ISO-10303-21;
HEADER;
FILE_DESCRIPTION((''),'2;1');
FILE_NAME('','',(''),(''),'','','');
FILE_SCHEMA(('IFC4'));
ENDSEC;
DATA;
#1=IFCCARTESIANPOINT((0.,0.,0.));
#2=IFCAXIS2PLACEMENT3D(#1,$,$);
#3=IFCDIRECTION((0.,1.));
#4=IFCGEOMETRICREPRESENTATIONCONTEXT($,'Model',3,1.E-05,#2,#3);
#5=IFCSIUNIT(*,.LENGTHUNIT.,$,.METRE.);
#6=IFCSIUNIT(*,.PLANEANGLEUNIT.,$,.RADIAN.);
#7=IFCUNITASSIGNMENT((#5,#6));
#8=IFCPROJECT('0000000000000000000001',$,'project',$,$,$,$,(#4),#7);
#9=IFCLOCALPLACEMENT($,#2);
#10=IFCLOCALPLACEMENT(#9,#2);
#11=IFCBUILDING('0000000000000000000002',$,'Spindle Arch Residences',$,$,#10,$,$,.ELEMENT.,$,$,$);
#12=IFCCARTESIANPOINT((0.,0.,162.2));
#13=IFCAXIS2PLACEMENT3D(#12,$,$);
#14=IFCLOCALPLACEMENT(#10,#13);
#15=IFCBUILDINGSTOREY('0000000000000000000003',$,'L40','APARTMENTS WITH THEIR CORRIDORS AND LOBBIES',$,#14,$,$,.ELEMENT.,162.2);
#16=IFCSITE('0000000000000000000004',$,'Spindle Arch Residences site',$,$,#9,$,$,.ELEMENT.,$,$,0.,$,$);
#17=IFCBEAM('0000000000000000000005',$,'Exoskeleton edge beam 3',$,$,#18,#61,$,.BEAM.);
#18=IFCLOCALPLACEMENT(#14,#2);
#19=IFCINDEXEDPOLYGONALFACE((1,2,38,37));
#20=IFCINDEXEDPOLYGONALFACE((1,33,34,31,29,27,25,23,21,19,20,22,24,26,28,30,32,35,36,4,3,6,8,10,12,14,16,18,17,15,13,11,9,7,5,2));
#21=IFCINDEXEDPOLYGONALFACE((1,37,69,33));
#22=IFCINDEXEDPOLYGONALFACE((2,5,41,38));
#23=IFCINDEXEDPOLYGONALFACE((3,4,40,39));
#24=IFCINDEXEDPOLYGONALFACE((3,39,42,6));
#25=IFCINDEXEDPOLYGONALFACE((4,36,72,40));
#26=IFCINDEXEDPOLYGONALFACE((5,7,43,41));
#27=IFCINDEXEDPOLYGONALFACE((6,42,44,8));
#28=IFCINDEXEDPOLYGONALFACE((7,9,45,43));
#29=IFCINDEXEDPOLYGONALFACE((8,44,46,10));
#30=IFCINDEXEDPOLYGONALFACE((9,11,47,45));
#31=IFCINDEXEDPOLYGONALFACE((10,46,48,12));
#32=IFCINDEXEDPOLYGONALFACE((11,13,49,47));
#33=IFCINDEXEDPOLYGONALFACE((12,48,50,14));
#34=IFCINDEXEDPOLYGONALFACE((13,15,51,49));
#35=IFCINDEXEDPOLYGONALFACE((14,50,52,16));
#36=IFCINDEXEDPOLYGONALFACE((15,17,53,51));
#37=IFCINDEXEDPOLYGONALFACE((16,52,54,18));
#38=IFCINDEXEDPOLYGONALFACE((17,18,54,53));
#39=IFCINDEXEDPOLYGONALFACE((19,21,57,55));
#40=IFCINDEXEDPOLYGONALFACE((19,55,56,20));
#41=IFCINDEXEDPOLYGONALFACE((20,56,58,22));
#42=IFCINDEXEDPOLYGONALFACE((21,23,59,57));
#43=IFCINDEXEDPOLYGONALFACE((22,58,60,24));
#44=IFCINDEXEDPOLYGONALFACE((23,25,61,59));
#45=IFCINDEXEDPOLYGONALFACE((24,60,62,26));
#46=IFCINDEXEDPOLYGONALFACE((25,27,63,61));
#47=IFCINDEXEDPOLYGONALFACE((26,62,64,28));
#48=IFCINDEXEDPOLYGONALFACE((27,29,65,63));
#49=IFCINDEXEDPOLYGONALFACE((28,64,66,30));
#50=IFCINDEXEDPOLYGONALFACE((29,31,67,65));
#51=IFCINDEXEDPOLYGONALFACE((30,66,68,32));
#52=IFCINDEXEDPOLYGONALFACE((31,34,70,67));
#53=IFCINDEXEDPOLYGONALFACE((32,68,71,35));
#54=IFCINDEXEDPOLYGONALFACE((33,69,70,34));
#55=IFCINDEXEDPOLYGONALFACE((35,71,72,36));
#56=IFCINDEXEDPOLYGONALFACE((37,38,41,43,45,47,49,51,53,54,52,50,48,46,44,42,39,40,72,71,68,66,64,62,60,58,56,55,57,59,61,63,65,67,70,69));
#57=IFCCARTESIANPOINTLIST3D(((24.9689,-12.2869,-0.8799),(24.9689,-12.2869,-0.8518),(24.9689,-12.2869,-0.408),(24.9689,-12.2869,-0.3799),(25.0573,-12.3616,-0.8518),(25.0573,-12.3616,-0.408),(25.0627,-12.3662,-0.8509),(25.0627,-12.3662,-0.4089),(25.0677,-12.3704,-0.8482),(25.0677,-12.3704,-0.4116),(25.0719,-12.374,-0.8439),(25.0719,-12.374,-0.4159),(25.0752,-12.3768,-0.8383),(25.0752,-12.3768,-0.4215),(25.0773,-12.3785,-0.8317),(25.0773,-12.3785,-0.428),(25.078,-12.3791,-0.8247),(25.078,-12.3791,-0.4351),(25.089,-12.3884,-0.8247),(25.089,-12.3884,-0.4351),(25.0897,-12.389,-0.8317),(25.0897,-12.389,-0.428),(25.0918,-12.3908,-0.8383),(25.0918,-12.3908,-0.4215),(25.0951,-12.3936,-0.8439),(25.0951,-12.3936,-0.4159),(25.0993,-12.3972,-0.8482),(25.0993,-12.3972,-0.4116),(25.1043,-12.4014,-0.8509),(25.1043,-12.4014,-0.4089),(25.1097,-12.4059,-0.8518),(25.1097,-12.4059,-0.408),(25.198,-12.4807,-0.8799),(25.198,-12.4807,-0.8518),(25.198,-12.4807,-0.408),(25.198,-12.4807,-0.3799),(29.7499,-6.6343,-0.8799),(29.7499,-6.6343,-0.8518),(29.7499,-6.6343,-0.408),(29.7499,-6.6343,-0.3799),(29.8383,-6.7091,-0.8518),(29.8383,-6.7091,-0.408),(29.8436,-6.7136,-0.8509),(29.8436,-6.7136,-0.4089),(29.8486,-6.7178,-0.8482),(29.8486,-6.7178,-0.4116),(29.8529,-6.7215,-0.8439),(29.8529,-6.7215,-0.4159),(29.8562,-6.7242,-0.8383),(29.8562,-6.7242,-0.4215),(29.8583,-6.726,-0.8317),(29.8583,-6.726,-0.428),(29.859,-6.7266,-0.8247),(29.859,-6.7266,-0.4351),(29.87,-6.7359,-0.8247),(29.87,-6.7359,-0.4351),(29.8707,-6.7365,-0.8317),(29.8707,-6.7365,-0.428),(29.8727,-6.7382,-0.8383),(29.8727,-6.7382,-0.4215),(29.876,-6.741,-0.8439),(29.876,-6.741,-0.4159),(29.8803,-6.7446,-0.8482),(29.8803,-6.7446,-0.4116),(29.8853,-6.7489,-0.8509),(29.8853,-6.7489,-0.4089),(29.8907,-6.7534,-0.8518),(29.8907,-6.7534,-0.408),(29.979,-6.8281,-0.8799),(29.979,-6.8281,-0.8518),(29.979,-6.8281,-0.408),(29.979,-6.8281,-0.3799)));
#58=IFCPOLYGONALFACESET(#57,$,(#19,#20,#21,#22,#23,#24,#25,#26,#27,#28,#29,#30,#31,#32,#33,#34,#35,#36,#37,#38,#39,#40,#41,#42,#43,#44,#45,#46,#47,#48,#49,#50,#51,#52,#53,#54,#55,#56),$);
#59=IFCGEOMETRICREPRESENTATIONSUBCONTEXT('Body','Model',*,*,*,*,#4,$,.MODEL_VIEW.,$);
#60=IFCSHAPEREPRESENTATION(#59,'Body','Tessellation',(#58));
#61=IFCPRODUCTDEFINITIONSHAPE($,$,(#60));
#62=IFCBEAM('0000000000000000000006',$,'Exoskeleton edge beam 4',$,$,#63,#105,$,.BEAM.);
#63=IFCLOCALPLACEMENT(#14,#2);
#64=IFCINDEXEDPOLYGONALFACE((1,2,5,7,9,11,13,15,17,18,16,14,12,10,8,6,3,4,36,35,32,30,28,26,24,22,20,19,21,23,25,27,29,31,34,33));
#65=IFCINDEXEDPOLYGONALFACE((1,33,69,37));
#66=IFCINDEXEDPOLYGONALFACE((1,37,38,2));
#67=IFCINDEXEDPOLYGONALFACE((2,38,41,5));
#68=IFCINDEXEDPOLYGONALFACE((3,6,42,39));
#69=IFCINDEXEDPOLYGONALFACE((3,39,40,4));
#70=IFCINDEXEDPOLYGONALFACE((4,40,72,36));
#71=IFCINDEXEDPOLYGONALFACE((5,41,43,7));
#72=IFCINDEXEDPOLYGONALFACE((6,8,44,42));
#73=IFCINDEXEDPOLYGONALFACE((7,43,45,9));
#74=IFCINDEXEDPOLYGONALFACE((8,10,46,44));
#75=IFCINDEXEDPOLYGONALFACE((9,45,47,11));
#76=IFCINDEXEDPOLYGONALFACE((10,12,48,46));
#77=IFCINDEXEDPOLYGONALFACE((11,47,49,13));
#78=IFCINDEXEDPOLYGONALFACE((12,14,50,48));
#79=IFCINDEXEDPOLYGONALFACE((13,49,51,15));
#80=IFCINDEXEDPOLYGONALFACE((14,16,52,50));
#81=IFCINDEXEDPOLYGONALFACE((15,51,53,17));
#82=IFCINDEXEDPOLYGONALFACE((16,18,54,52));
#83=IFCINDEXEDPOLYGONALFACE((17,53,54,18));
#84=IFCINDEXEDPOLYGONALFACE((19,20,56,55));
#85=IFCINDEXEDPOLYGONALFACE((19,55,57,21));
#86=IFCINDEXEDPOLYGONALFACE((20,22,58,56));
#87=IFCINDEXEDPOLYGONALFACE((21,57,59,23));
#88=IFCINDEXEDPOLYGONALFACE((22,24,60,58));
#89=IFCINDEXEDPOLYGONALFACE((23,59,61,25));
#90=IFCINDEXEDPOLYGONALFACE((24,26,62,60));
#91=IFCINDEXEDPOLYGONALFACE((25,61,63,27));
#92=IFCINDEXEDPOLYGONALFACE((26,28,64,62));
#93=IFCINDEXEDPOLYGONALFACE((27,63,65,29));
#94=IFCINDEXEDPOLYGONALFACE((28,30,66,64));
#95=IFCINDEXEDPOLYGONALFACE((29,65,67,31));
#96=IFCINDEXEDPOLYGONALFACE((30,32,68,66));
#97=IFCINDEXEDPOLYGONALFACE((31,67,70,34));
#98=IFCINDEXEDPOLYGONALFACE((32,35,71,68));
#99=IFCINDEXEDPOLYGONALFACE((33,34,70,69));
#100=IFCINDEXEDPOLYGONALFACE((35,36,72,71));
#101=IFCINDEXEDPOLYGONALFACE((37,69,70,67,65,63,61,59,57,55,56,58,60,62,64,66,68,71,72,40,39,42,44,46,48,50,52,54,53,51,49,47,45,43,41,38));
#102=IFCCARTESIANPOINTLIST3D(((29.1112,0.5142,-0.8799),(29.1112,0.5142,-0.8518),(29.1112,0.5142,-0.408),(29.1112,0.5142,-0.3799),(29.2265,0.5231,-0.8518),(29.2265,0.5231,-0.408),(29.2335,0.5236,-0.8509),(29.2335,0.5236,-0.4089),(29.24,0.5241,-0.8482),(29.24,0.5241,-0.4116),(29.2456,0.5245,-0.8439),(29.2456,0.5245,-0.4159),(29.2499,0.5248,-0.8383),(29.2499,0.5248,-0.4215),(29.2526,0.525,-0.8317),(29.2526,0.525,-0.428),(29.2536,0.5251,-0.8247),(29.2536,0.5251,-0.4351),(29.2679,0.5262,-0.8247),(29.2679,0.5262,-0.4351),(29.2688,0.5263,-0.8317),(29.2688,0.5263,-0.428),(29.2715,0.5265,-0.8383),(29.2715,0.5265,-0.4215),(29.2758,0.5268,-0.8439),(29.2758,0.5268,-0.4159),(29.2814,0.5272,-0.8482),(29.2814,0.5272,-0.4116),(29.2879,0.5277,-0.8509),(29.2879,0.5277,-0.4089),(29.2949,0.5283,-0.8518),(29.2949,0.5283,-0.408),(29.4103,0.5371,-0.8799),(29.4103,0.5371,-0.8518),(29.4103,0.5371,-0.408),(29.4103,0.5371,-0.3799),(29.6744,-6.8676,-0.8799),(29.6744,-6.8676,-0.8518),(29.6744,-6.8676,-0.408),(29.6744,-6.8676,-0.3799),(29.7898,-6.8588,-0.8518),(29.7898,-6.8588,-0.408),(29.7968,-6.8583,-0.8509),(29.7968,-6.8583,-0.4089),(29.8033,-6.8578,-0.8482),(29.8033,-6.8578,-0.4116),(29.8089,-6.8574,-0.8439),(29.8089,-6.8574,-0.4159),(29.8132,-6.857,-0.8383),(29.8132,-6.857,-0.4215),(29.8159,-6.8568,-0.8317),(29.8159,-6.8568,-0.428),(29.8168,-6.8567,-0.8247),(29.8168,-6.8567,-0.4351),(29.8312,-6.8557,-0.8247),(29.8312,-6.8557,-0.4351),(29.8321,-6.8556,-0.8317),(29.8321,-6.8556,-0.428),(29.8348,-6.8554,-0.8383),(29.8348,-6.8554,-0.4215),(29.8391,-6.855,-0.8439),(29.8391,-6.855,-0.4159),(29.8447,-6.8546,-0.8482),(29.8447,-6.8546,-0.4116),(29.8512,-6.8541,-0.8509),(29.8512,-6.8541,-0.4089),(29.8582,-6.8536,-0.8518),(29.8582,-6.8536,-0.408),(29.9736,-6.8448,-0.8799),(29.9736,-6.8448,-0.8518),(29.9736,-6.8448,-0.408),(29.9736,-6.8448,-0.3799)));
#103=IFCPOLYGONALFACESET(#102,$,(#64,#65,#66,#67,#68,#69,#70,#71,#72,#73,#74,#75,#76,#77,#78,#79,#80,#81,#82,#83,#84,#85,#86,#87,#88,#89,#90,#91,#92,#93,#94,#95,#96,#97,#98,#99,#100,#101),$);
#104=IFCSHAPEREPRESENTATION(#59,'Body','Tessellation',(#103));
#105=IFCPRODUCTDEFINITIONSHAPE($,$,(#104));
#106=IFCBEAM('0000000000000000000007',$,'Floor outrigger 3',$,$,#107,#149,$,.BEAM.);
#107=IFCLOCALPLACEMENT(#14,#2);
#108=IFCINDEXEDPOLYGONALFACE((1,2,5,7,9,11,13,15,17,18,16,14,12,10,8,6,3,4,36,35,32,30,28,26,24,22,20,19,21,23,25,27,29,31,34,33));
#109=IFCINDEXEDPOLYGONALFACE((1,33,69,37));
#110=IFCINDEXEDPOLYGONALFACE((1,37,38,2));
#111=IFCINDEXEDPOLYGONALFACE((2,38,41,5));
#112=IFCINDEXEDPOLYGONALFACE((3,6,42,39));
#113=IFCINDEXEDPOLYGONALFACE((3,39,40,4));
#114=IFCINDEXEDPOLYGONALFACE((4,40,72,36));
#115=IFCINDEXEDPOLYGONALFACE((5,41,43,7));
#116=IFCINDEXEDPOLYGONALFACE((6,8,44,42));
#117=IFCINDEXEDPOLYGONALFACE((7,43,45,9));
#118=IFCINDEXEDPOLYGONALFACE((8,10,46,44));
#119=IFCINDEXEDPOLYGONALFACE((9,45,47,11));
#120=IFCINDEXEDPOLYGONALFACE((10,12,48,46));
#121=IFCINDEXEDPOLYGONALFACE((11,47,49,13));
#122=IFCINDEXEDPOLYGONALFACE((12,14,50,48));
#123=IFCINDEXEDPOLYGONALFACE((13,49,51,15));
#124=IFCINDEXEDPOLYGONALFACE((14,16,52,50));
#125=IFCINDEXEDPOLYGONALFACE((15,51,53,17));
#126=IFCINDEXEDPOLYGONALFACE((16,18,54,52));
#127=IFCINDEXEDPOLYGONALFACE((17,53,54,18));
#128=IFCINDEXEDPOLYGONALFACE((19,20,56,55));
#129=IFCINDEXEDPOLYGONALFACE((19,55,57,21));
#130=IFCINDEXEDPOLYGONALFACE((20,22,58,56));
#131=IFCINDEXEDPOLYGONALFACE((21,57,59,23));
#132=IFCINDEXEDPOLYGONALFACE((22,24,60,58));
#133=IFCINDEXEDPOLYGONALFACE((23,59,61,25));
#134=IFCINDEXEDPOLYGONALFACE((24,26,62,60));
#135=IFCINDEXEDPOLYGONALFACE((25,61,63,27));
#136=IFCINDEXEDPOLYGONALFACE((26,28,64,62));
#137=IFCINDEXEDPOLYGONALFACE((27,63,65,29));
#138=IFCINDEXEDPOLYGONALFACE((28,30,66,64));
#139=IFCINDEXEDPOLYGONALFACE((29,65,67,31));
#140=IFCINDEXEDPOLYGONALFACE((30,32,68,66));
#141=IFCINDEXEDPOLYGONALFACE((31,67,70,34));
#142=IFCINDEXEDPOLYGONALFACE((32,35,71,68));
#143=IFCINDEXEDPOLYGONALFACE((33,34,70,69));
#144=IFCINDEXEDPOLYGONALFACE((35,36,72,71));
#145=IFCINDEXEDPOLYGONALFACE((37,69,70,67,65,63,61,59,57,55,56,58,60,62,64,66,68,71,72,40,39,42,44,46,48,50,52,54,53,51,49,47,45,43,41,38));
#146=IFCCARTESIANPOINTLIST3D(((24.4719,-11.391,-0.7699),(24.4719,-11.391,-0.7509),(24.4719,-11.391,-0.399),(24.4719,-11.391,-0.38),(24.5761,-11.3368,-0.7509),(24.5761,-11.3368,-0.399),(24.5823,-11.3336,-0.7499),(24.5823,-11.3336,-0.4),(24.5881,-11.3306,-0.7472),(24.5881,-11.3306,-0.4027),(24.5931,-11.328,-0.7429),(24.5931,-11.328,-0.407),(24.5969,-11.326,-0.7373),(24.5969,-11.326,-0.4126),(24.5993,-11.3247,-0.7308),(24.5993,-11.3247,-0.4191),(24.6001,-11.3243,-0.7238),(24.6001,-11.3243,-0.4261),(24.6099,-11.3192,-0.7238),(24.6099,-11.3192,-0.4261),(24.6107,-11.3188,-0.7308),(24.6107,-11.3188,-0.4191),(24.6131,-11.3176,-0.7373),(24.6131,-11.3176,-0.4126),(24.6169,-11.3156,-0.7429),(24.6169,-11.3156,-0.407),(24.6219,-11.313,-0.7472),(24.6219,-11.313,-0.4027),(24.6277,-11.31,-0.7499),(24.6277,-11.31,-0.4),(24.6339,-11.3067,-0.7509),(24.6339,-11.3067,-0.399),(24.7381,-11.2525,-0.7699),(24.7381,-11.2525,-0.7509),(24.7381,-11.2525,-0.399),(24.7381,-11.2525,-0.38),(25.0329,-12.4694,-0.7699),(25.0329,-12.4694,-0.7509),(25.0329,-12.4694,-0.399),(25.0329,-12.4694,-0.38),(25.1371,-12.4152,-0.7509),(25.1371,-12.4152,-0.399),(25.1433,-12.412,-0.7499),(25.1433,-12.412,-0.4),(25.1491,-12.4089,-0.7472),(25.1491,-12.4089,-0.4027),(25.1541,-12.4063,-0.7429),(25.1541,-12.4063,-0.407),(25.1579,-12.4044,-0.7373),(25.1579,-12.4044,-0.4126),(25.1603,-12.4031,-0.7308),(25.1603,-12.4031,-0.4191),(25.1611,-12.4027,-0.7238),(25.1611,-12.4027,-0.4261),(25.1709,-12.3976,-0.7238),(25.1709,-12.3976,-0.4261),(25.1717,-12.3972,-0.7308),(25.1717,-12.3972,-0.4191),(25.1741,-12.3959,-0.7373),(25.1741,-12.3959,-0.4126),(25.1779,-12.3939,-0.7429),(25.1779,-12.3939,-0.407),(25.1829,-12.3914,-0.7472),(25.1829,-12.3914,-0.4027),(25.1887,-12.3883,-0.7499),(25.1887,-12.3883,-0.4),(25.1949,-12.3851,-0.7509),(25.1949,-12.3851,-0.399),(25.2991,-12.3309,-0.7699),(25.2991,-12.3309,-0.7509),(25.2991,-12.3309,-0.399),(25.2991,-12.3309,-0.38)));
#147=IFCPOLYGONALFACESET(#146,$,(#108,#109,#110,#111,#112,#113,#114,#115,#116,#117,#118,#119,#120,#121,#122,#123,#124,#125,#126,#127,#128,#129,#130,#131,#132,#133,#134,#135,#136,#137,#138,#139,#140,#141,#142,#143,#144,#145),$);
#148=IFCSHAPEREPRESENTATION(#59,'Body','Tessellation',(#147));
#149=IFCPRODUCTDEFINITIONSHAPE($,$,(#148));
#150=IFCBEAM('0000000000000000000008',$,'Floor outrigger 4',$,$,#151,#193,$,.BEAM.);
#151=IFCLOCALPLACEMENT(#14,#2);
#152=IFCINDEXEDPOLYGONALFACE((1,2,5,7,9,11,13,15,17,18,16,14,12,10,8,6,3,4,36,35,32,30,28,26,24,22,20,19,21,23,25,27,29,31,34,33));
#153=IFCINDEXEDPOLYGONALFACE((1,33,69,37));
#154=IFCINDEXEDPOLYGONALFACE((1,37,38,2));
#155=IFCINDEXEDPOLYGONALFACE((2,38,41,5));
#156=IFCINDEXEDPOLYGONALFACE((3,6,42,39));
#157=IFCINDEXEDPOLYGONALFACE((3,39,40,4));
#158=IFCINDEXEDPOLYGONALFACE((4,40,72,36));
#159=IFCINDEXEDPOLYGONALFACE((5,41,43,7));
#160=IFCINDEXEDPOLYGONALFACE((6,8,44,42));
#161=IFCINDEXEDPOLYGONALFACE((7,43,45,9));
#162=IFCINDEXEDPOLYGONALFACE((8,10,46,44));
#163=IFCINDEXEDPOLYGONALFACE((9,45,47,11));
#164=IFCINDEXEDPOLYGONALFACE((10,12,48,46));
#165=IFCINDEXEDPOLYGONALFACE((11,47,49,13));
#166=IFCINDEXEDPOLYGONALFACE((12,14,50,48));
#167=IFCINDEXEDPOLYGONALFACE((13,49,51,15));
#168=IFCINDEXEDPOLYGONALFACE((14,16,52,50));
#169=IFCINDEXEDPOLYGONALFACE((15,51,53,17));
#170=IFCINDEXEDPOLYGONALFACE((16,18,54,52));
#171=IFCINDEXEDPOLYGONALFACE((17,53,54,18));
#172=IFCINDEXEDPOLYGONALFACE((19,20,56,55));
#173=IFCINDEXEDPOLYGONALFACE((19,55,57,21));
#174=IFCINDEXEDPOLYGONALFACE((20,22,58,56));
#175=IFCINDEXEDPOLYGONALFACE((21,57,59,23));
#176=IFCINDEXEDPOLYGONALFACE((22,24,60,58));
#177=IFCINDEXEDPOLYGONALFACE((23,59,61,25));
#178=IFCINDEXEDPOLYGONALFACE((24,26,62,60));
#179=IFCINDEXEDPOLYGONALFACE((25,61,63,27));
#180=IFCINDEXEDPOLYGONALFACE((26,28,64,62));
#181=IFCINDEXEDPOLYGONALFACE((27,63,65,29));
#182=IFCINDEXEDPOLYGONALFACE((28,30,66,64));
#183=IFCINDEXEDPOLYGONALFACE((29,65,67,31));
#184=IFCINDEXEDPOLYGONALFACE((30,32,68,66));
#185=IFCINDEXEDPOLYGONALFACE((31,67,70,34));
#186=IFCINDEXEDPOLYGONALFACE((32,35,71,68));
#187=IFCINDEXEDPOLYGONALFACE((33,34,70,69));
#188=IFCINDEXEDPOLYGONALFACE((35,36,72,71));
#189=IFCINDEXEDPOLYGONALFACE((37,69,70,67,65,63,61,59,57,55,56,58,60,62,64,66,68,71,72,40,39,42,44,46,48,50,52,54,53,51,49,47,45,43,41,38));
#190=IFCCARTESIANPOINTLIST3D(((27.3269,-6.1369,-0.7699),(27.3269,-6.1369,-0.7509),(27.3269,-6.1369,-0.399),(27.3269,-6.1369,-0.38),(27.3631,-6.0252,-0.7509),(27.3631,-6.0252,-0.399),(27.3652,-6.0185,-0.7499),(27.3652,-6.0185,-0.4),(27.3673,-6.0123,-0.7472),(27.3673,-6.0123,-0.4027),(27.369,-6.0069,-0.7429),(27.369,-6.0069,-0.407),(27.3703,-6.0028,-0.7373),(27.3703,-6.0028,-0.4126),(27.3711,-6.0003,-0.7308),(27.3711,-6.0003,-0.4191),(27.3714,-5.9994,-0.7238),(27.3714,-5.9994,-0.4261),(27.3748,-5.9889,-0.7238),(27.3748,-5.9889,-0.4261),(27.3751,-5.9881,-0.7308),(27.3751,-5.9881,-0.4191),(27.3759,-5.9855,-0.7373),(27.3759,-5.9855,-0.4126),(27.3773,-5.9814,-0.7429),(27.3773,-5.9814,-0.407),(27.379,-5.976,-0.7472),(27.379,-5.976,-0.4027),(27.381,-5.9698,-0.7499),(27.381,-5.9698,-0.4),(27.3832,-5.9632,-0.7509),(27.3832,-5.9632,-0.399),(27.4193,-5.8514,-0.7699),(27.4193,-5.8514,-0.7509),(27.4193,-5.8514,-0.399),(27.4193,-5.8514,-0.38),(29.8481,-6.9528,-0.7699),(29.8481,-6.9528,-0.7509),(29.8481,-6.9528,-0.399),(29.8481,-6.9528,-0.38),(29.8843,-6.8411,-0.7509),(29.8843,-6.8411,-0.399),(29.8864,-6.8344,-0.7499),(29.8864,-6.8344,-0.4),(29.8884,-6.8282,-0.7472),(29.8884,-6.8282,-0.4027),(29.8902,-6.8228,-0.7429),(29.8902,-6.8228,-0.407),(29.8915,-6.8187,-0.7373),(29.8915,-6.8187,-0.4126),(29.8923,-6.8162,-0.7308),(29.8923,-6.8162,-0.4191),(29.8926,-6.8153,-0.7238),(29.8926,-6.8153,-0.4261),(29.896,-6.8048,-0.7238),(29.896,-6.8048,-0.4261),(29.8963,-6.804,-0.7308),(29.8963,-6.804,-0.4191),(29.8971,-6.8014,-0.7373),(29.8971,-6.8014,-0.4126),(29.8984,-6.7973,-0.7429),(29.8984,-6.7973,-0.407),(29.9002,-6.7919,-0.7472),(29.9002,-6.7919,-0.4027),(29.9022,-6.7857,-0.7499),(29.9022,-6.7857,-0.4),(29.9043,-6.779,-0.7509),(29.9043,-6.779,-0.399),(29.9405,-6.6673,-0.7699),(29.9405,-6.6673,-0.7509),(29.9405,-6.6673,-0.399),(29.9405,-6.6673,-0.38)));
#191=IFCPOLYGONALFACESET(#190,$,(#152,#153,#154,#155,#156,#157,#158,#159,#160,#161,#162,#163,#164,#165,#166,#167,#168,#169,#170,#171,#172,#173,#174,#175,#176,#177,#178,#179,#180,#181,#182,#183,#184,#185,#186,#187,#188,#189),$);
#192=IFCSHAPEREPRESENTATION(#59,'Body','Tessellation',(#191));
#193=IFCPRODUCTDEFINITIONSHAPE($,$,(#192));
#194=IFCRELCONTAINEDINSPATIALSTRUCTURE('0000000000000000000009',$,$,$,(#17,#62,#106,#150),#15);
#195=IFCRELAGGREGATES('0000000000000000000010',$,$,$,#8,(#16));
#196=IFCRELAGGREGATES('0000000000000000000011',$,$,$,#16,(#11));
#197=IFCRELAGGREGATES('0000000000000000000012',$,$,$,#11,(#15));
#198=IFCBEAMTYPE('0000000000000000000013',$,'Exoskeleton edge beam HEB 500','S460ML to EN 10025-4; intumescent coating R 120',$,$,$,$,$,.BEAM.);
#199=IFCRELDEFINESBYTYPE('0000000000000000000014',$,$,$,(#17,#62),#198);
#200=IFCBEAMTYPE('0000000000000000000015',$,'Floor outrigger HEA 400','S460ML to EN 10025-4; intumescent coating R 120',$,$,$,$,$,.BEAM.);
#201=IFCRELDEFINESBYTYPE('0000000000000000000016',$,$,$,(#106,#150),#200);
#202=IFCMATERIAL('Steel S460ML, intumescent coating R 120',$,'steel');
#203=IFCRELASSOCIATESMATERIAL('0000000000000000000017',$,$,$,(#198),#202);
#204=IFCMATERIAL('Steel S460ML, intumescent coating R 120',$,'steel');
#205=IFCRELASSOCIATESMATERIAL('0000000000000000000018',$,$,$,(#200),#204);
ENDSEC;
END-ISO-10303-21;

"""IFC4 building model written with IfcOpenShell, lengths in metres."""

from ifc_helpers import new_model, si_unit, direction, frame, origin, origin_2d, place, context, subcontext, project, spatial, i_section, extrude, material, material_profile, profile_set, type_object, element, save


model = new_model("IFC4")

# Units and contexts
model_context = context("Model", 3, precision=1e-05, world=origin(), true_north=direction((0.0, 1.0)))
body_context = subcontext(model_context, "Body", "Model", "MODEL_VIEW")
ifc_project = project(units=[si_unit("LENGTHUNIT", "METRE"), si_unit("PLANEANGLEUNIT", "RADIAN")], contexts=[model_context])

# Site, building, storey
site_placement = place(None, origin())
site = spatial("IfcSite", under=ifc_project, at=site_placement, Name="Spindle Arch Residences site", CompositionType="ELEMENT", RefElevation=0.0)
building_placement = place(site_placement, origin())
building = spatial("IfcBuilding", under=site, at=building_placement, Name="Spindle Arch Residences", CompositionType="ELEMENT")
storey_placement = place(building_placement, frame((0.0, 0.0, 162.2)))
storey = spatial("IfcBuildingStorey", under=building, at=storey_placement, Name="L40", Description="APARTMENTS WITH THEIR CORRIDORS AND LOBBIES", CompositionType="ELEMENT", Elevation=162.2)

# Beams
ifc_material_1 = material(Name="Steel S460ML, intumescent coating R 120", Category="steel")
ifc_material_profile_1 = material_profile(ifc_material_1, i_section(OverallWidth=0.3, OverallDepth=0.5, WebThickness=0.0144, FlangeThickness=0.0281, FilletRadius=0.0271, at=origin_2d()), Name="HEB 500")
ifc_profile_set_1 = profile_set([ifc_material_profile_1], Name="Steel S460ML, intumescent coating R 120")
beam_type_1 = type_object("IfcBeamType", Name="Exoskeleton edge beam HEB 500", Description="S460ML to EN 10025-4; intumescent coating R 120", PredefinedType="BEAM", material=ifc_profile_set_1)
for number, where, z_axis, x_axis, name in (
    (1, (25.0835, -12.3838, -0.6299), (0.645788, 0.763516, 0.0), (-0.763516, 0.645788, 0.0), "Exoskeleton edge beam 3"),
    (2, (29.824, -6.8562, -0.6299), (-0.076079, 0.997102, 0.0), (-0.997102, -0.076079, 0.0), "Exoskeleton edge beam 4"),
):
    element("IfcBeam", number, at=place(storey_placement, frame(where, z_axis=z_axis, x_axis=x_axis)), inside=storey, type_object=beam_type_1, Name=name, PredefinedType="BEAM", context=body_context, shape_type="SweptSolid", body=[
        extrude(i_section(OverallWidth=0.3, OverallDepth=0.5, WebThickness=0.0144, FlangeThickness=0.0281, FilletRadius=0.0271, at=origin_2d()), origin(), (0.0, 0.0, 1.0), 7.4033),
    ])
ifc_material_2 = material(Name="Steel S460ML, intumescent coating R 120", Category="steel")
ifc_material_profile_2 = material_profile(ifc_material_2, i_section(OverallWidth=0.3, OverallDepth=0.3899, WebThickness=0.011, FlangeThickness=0.019, FilletRadius=0.0271, at=origin_2d()), Name="HEA 400")
ifc_profile_set_2 = profile_set([ifc_material_profile_2], Name="Steel S460ML, intumescent coating R 120")
beam_type_2 = type_object("IfcBeamType", Name="Floor outrigger HEA 400", Description="S460ML to EN 10025-4; intumescent coating R 120", PredefinedType="BEAM", material=ifc_profile_set_2)
beam_1_placement = place(storey_placement, frame((25.166, -12.4001, -0.575), z_axis=(-0.461536, 0.887121, 0.0), x_axis=(-0.887121, -0.461536, 0.0)))
element("IfcBeam", 3, at=beam_1_placement, inside=storey, type_object=beam_type_2, Name="Floor outrigger 3", PredefinedType="BEAM", context=body_context, shape_type="SweptSolid", body=[
    extrude(i_section(OverallWidth=0.3, OverallDepth=0.3899, WebThickness=0.011, FlangeThickness=0.019, FilletRadius=0.0271, at=origin_2d()), origin(), (0.0, 0.0, 1.0), 1.2156),
])
beam_2_placement = place(storey_placement, frame((29.8943, -6.8101, -0.575), z_axis=(-0.95142, 0.307896, 0.0), x_axis=(-0.307896, -0.95142, 0.0)))
element("IfcBeam", 4, at=beam_2_placement, inside=storey, type_object=beam_type_2, Name="Floor outrigger 4", PredefinedType="BEAM", context=body_context, shape_type="SweptSolid", body=[
    extrude(i_section(OverallWidth=0.3, OverallDepth=0.3899, WebThickness=0.011, FlangeThickness=0.019, FilletRadius=0.0271, at=origin_2d()), origin(), (0.0, 0.0, 1.0), 2.6499),
])

save(model, "model.ifc")
